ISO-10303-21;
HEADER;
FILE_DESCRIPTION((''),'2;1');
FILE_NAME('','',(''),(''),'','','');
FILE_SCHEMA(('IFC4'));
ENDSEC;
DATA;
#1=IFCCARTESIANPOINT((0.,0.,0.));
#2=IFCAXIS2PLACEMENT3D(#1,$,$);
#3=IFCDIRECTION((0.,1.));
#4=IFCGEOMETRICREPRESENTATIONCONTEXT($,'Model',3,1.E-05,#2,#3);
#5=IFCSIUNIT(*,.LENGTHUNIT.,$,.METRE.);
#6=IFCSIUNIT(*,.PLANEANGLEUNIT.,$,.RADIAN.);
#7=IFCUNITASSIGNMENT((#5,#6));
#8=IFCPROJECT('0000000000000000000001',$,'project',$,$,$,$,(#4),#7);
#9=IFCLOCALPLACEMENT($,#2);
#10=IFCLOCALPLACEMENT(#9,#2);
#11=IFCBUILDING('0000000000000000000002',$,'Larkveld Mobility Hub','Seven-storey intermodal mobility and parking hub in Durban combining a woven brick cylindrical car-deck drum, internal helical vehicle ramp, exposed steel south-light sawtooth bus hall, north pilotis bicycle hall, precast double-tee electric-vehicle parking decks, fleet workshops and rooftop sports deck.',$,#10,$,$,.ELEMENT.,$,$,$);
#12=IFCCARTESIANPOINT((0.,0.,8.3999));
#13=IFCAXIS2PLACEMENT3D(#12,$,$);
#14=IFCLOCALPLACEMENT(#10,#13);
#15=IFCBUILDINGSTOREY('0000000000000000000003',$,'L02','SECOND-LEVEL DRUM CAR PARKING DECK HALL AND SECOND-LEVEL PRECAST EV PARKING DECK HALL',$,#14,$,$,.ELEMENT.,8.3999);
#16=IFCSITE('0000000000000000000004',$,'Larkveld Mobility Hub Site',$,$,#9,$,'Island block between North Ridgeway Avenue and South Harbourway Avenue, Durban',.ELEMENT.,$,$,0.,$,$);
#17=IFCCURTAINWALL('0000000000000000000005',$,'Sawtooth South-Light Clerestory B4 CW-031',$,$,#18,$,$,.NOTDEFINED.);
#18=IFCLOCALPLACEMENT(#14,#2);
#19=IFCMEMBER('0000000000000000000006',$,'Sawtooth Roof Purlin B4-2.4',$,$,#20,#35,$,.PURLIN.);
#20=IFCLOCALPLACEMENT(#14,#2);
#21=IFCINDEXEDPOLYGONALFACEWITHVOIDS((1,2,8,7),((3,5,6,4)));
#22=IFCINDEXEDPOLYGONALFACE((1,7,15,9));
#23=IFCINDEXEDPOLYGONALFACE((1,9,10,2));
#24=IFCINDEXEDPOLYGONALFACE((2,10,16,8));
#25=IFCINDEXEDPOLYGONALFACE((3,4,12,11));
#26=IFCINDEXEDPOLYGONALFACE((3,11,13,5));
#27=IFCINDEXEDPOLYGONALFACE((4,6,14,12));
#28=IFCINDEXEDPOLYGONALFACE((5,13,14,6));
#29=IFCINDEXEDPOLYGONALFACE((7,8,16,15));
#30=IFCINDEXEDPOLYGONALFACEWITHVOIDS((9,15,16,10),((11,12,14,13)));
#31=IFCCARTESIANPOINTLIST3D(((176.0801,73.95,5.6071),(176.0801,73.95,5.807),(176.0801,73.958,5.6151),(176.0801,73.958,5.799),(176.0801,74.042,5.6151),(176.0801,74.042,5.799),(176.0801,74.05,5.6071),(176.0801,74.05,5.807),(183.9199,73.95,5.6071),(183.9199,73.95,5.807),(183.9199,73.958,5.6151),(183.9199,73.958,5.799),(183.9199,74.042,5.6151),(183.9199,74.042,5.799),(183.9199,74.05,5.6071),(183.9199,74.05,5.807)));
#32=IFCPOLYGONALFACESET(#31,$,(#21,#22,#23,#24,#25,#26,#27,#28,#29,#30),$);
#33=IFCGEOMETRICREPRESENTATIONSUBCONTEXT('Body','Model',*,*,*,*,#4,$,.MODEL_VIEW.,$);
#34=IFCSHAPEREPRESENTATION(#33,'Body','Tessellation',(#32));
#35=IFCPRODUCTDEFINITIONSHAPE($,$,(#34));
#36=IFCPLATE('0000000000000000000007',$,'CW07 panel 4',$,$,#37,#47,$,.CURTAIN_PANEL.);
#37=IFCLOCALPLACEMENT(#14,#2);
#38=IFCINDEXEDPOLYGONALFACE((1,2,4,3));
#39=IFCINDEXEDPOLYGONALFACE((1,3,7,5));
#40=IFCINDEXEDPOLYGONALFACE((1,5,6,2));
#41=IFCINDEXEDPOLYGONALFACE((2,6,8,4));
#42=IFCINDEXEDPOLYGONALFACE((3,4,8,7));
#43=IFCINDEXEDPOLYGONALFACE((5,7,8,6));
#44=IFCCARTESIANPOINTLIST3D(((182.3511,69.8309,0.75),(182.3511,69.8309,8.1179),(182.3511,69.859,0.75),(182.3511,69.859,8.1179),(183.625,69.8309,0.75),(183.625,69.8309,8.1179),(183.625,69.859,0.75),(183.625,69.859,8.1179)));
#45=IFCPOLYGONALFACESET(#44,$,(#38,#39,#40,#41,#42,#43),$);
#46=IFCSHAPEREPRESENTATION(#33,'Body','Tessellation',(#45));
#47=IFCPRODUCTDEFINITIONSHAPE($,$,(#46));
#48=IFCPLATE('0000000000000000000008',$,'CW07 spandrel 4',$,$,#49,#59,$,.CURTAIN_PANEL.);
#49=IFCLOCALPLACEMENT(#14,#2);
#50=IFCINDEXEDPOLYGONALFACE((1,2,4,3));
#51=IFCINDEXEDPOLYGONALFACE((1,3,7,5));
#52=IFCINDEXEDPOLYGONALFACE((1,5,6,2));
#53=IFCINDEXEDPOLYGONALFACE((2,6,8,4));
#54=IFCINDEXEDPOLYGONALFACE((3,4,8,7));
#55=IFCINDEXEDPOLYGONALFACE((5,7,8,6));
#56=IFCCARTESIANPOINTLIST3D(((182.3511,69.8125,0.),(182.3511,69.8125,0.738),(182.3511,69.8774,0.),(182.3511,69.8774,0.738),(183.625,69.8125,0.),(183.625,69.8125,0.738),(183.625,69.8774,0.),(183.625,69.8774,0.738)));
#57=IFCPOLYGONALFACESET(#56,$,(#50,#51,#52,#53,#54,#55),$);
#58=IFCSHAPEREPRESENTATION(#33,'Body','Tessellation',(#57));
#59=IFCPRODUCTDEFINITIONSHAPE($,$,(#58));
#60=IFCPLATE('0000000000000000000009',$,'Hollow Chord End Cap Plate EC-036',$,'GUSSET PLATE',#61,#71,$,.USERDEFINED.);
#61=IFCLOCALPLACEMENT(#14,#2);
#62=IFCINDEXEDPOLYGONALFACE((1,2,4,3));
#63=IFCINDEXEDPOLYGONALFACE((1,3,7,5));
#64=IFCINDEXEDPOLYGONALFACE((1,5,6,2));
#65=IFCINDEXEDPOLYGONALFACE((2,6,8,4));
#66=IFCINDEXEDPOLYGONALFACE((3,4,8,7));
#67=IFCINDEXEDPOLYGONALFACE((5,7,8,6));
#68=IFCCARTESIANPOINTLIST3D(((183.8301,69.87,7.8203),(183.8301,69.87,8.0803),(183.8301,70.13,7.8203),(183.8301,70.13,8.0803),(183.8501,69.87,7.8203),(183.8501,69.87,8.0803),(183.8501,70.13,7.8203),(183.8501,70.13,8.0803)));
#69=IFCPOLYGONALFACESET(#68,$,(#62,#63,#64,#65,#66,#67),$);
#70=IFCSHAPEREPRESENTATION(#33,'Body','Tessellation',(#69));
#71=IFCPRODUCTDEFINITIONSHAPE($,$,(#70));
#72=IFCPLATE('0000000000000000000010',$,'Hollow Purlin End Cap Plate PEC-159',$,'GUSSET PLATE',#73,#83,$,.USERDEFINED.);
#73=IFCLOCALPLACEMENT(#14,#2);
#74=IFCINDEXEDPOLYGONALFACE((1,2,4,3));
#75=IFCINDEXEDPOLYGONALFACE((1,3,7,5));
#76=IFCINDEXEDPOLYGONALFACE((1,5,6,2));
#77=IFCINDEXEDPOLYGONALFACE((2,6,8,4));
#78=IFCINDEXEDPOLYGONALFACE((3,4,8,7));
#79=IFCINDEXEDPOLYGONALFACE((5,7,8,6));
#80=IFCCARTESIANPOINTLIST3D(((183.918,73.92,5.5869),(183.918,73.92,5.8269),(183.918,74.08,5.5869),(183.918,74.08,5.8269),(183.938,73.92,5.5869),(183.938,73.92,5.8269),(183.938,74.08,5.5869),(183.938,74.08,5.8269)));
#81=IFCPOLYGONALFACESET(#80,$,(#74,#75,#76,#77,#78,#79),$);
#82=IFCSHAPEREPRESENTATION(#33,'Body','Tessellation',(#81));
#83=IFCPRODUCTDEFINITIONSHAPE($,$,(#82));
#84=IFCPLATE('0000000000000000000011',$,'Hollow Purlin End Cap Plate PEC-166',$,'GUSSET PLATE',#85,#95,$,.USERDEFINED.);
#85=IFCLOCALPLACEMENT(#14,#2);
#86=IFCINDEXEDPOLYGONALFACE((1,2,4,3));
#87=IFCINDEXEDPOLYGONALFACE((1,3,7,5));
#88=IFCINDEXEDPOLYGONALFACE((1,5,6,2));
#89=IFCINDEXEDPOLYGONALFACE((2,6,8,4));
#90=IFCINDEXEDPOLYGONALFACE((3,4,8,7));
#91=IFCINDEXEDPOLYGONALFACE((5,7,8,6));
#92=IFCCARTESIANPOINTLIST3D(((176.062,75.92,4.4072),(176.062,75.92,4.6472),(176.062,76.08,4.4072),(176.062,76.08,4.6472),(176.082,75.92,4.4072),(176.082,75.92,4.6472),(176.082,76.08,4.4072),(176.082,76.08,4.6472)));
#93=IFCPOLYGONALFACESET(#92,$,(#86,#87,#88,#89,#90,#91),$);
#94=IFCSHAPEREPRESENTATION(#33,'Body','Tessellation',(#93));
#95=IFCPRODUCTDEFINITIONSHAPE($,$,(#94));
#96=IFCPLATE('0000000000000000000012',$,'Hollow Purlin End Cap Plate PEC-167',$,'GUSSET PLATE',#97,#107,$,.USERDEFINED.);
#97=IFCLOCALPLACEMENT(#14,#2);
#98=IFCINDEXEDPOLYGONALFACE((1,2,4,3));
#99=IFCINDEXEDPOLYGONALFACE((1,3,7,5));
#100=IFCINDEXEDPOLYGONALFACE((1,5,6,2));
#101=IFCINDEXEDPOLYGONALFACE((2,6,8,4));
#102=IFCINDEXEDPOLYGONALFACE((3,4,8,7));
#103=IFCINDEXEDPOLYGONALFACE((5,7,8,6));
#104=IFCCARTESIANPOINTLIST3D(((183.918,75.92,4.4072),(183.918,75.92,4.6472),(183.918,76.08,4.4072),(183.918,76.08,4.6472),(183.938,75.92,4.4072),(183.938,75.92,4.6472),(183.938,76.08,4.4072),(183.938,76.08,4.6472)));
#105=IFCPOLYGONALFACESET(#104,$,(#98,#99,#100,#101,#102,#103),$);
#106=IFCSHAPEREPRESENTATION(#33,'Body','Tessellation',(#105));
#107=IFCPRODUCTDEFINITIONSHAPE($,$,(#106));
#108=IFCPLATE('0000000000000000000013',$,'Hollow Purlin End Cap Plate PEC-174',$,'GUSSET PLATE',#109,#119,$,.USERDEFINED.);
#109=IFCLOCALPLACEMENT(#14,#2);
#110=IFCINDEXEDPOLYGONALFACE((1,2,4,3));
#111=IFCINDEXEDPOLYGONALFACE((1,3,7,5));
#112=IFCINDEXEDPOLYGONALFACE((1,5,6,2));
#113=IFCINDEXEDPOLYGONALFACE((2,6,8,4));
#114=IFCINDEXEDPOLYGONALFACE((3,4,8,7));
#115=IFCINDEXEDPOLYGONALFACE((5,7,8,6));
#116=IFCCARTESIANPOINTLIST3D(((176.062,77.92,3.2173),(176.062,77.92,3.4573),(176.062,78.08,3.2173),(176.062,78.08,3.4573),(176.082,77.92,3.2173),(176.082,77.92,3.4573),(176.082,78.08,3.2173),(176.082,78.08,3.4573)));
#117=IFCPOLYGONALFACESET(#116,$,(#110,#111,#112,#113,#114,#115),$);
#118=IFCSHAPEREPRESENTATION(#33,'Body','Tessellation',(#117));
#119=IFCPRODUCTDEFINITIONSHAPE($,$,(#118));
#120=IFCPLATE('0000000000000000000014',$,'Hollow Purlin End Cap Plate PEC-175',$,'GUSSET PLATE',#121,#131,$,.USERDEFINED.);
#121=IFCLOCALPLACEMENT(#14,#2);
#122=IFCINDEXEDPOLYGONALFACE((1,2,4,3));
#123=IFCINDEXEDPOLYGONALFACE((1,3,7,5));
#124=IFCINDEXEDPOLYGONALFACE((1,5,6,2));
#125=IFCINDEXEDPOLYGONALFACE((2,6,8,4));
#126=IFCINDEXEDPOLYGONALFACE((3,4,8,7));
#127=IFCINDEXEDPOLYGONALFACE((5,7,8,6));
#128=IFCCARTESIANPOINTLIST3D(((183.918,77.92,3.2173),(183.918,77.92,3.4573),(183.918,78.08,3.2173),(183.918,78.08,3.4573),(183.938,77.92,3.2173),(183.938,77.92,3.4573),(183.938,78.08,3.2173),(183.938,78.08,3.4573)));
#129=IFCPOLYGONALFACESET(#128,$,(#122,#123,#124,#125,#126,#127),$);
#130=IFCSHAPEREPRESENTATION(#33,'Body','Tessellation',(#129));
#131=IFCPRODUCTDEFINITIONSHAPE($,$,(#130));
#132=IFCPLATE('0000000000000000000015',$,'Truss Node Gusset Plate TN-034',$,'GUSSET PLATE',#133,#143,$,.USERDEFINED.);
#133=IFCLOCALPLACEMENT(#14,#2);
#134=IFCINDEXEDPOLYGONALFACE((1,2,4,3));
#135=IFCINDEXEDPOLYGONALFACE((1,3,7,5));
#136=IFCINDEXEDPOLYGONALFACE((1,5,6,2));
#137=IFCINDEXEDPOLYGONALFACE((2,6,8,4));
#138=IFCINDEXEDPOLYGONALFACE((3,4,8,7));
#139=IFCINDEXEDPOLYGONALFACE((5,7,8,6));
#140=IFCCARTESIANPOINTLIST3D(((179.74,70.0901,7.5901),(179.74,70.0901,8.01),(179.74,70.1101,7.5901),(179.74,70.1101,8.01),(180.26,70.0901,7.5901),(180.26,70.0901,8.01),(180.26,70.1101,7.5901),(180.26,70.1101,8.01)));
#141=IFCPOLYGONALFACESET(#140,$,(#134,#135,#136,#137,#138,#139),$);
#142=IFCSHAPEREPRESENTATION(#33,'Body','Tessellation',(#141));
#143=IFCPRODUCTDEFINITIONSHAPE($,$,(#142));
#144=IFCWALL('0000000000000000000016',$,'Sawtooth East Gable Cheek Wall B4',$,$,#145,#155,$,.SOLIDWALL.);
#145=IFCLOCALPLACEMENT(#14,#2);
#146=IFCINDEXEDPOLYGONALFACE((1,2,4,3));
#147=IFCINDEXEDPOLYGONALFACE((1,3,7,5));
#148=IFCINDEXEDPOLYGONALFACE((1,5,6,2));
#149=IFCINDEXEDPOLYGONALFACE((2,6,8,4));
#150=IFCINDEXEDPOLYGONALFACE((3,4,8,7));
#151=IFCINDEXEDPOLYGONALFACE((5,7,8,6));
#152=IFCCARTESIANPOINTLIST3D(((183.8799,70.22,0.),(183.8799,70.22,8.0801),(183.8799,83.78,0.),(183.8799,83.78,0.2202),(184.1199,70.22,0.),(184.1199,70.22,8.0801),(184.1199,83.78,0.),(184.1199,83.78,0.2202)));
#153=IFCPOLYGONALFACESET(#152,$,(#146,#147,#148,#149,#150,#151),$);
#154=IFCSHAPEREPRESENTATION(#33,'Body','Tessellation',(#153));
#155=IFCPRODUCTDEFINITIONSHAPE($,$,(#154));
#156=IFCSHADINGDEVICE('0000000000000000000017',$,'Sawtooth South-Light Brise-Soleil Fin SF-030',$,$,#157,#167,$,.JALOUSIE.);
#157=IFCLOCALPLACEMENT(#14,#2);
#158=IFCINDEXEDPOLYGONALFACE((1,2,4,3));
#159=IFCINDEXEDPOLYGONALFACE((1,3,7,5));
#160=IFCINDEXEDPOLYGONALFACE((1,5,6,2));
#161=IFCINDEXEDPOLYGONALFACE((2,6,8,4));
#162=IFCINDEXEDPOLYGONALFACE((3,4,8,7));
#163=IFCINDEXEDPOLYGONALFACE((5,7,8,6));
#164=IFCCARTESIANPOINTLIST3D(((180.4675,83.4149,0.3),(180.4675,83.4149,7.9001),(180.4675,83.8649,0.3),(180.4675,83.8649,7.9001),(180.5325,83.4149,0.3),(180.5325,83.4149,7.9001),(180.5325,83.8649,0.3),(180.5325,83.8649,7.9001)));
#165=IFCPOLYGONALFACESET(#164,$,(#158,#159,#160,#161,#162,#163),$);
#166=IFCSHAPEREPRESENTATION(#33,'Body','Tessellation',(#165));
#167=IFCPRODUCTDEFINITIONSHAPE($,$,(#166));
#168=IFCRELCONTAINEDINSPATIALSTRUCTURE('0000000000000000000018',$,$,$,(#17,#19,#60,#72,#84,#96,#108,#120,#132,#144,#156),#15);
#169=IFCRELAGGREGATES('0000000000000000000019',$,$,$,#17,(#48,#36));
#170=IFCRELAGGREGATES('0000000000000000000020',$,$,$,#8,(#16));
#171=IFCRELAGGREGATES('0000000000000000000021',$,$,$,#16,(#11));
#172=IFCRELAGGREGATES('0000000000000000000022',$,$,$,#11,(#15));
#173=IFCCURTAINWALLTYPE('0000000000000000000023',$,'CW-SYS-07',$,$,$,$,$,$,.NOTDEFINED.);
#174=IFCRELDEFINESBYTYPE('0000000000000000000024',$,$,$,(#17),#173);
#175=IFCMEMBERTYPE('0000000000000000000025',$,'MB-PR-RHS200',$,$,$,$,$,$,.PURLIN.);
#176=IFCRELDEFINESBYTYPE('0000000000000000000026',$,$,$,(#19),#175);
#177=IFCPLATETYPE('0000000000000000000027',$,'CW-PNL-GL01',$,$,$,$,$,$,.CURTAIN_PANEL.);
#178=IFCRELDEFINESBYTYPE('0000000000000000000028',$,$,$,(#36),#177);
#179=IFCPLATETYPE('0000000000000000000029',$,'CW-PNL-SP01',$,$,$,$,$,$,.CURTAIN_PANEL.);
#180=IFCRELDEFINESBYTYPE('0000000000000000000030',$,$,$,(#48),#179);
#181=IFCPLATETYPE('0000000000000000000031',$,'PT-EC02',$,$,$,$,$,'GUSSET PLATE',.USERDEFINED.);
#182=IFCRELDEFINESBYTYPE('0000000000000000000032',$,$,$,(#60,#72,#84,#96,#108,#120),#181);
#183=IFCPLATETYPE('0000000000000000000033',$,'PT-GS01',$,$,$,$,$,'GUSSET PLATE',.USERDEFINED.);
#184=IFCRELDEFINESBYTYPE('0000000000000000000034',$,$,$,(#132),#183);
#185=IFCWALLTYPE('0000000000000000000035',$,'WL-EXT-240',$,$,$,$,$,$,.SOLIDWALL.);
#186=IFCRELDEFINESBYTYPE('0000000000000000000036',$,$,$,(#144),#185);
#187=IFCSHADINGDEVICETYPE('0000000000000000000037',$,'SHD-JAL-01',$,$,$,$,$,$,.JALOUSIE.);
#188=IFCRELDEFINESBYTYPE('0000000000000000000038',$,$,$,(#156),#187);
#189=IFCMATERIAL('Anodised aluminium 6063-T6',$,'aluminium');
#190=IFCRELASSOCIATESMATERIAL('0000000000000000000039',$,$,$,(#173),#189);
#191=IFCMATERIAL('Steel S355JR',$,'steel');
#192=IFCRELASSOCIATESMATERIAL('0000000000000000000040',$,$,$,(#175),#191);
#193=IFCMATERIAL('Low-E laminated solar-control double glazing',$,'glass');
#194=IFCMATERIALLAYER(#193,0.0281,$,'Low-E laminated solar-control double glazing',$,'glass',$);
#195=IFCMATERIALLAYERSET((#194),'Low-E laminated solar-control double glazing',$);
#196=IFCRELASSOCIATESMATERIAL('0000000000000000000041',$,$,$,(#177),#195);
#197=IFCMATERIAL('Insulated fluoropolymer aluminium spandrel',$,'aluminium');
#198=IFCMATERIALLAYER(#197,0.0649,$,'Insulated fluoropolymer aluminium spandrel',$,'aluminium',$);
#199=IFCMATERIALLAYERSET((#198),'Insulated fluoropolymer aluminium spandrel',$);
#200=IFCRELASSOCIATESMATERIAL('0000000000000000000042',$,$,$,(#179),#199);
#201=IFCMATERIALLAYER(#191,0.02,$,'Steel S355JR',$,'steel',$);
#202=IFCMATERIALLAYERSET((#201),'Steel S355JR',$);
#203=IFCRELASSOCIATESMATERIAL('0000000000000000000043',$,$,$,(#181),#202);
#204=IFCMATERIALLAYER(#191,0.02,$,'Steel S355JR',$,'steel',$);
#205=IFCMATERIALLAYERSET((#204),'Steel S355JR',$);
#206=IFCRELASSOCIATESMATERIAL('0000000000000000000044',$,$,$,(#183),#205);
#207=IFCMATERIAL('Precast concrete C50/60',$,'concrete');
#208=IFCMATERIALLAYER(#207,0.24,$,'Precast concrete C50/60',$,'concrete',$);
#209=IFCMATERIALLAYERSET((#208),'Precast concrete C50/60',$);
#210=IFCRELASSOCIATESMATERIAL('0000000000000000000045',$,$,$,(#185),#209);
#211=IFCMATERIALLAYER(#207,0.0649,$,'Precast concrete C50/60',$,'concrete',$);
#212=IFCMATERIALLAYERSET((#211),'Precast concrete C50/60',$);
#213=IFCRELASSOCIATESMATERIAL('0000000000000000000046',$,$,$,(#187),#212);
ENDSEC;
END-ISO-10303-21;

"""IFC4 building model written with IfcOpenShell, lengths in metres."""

from ifc_helpers import new_model, si_unit, direction, frame, origin, origin_2d, place, context, subcontext, project, spatial, polyline, rectangle, hollow_rectangle, outline, extrude, material, layer, layer_set, material_profile, profile_set, type_object, element, aggregate, save


model = new_model("IFC4")

# Units and contexts
model_context = context("Model", 3, precision=1e-05, world=origin(), true_north=direction((0.0, 1.0)))
body_context = subcontext(model_context, "Body", "Model", "MODEL_VIEW")
ifc_project = project(units=[si_unit("LENGTHUNIT", "METRE"), si_unit("PLANEANGLEUNIT", "RADIAN")], contexts=[model_context])

# Site, building, storey
site_placement = place(None, origin())
site = spatial("IfcSite", under=ifc_project, at=site_placement, Name="Larkveld Mobility Hub Site", LongName="Island block between North Ridgeway Avenue and South Harbourway Avenue, Durban", CompositionType="ELEMENT", RefElevation=0.0)
building_placement = place(site_placement, origin())
building = spatial("IfcBuilding", under=site, at=building_placement, Name="Larkveld Mobility Hub", Description="Seven-storey intermodal mobility and parking hub in Durban combining a woven brick cylindrical car-deck drum, internal helical vehicle ramp, exposed steel south-light sawtooth bus hall, north pilotis bicycle hall, precast double-tee electric-vehicle parking decks, fleet workshops and rooftop sports deck.", CompositionType="ELEMENT")
storey_placement = place(building_placement, frame((0.0, 0.0, 8.3999)))
storey = spatial("IfcBuildingStorey", under=building, at=storey_placement, Name="L02", Description="SECOND-LEVEL DRUM CAR PARKING DECK HALL AND SECOND-LEVEL PRECAST EV PARKING DECK HALL", CompositionType="ELEMENT", Elevation=8.3999)

# Shared definitions
ifc_material_1 = material(Name="Steel S355JR", Category="steel")

# Curtain wall
ifc_material_2 = material(Name="Anodised aluminium 6063-T6", Category="aluminium")
curtain_wall_type = type_object("IfcCurtainWallType", Name="CW-SYS-07", PredefinedType="NOTDEFINED", material=ifc_material_2)
curtain_wall_placement = place(storey_placement, origin())
curtain_wall = element("IfcCurtainWall", 1, at=curtain_wall_placement, inside=storey, type_object=curtain_wall_type, Name="Sawtooth South-Light Clerestory B4 CW-031", PredefinedType="NOTDEFINED")

# Member
ifc_material_profile_1 = material_profile(ifc_material_1, hollow_rectangle(XDim=0.1001, YDim=0.2, WallThickness=0.0081, at=origin_2d()), Name="RHS 200x100x8")
ifc_profile_set_1 = profile_set([ifc_material_profile_1], Name="Steel S355JR")
member_type_1 = type_object("IfcMemberType", Name="MB-PR-RHS200", PredefinedType="PURLIN", material=ifc_profile_set_1)
member_1_placement = place(storey_placement, frame((176.0801, 74.0, 5.707), z_axis=(1.0, 0.0, 0.0), x_axis=(0.0, 1.0, 0.0)))
element("IfcMember", 2, at=member_1_placement, inside=storey, type_object=member_type_1, Name="Sawtooth Roof Purlin B4-2.4", PredefinedType="PURLIN", context=body_context, shape_type="SweptSolid", body=[
    extrude(hollow_rectangle(XDim=0.1001, YDim=0.2, WallThickness=0.0081, at=origin_2d()), origin(), (0.0, 0.0, 1.0), 7.8398),
])

# Plates
ifc_material_3 = material(Name="Low-E laminated solar-control double glazing", Category="glass")
ifc_layer_1 = layer(ifc_material_3, 0.0281, Name="Low-E laminated solar-control double glazing", Category="glass")
ifc_layer_set_1 = layer_set([ifc_layer_1], Name="Low-E laminated solar-control double glazing")
plate_type_1 = type_object("IfcPlateType", Name="CW-PNL-GL01", PredefinedType="CURTAIN_PANEL", material=ifc_layer_set_1)
plate_1_placement = place(storey_placement, frame((182.988, 69.845, 0.75), z_axis=(0.0, 0.0, 1.0), x_axis=(1.0, 0.0, 0.0)))
plate_1 = element("IfcPlate", 3, at=plate_1_placement, type_object=plate_type_1, Name="CW07 panel 4", PredefinedType="CURTAIN_PANEL", context=body_context, shape_type="SweptSolid", body=[
    extrude(rectangle(XDim=1.2739, YDim=0.0281, at=origin_2d()), origin(), (0.0, 0.0, 1.0), 7.3679),
])
ifc_material_4 = material(Name="Insulated fluoropolymer aluminium spandrel", Category="aluminium")
ifc_layer_2 = layer(ifc_material_4, 0.0649, Name="Insulated fluoropolymer aluminium spandrel", Category="aluminium")
ifc_layer_set_2 = layer_set([ifc_layer_2], Name="Insulated fluoropolymer aluminium spandrel")
plate_type_2 = type_object("IfcPlateType", Name="CW-PNL-SP01", PredefinedType="CURTAIN_PANEL", material=ifc_layer_set_2)
plate_2_placement = place(storey_placement, frame((182.988, 69.845, 0.0), z_axis=(0.0, 0.0, 1.0), x_axis=(1.0, 0.0, 0.0)))
plate_2 = element("IfcPlate", 4, at=plate_2_placement, type_object=plate_type_2, Name="CW07 spandrel 4", PredefinedType="CURTAIN_PANEL", context=body_context, shape_type="SweptSolid", body=[
    extrude(rectangle(XDim=1.2739, YDim=0.0649, at=origin_2d()), origin(), (0.0, 0.0, 1.0), 0.738),
])
aggregate(curtain_wall, [plate_2, plate_1])

# Plates
ifc_layer_3 = layer(ifc_material_1, 0.02, Name="Steel S355JR", Category="steel")
ifc_layer_set_3 = layer_set([ifc_layer_3], Name="Steel S355JR")
plate_type_3 = type_object("IfcPlateType", Name="PT-EC02", ElementType="GUSSET PLATE", PredefinedType="USERDEFINED", material=ifc_layer_set_3)
plate_3_placement = place(storey_placement, frame((183.8401, 70.0, 7.8203), z_axis=(0.0, 0.0, 1.0), x_axis=(1.0, 0.0, 0.0)))
element("IfcPlate", 5, at=plate_3_placement, inside=storey, type_object=plate_type_3, Name="Hollow Chord End Cap Plate EC-036", ObjectType="GUSSET PLATE", PredefinedType="USERDEFINED", context=body_context, shape_type="SweptSolid", body=[
    extrude(rectangle(XDim=0.02, YDim=0.26, at=origin_2d()), origin(), (0.0, 0.0, 1.0), 0.26),
])
for number, where, z_axis, x_axis, name in (
    (6, (183.928, 74.0, 5.5869), (0.0, 0.0, 1.0), (1.0, 0.0, 0.0), "Hollow Purlin End Cap Plate PEC-159"),
    (7, (176.072, 76.0, 4.4072), (0.0, 0.0, 1.0), (1.0, 0.0, 0.0), "Hollow Purlin End Cap Plate PEC-166"),
    (8, (183.928, 76.0, 4.4072), (0.0, 0.0, 1.0), (1.0, 0.0, 0.0), "Hollow Purlin End Cap Plate PEC-167"),
    (9, (176.072, 78.0, 3.2173), (0.0, 0.0, 1.0), (1.0, 0.0, 0.0), "Hollow Purlin End Cap Plate PEC-174"),
    (10, (183.928, 78.0, 3.2173), (0.0, 0.0, 1.0), (1.0, 0.0, 0.0), "Hollow Purlin End Cap Plate PEC-175"),
):
    element("IfcPlate", number, at=place(storey_placement, frame(where, z_axis=z_axis, x_axis=x_axis)), inside=storey, type_object=plate_type_3, Name=name, ObjectType="GUSSET PLATE", PredefinedType="USERDEFINED", context=body_context, shape_type="SweptSolid", body=[
        extrude(rectangle(XDim=0.02, YDim=0.1599, at=origin_2d()), origin(), (0.0, 0.0, 1.0), 0.24),
    ])
ifc_layer_4 = layer(ifc_material_1, 0.02, Name="Steel S355JR", Category="steel")
ifc_layer_set_4 = layer_set([ifc_layer_4], Name="Steel S355JR")
plate_type_4 = type_object("IfcPlateType", Name="PT-GS01", ElementType="GUSSET PLATE", PredefinedType="USERDEFINED", material=ifc_layer_set_4)
plate_4_placement = place(storey_placement, frame((180.0, 70.1001, 7.5901), z_axis=(0.0, 0.0, 1.0), x_axis=(1.0, 0.0, 0.0)))
element("IfcPlate", 11, at=plate_4_placement, inside=storey, type_object=plate_type_4, Name="Truss Node Gusset Plate TN-034", ObjectType="GUSSET PLATE", PredefinedType="USERDEFINED", context=body_context, shape_type="SweptSolid", body=[
    extrude(rectangle(XDim=0.52, YDim=0.02, at=origin_2d()), origin(), (0.0, 0.0, 1.0), 0.4199),
])

# Wall
ifc_material_5 = material(Name="Precast concrete C50/60", Category="concrete")
ifc_layer_5 = layer(ifc_material_5, 0.24, Name="Precast concrete C50/60", Category="concrete")
ifc_layer_set_5 = layer_set([ifc_layer_5], Name="Precast concrete C50/60")
wall_type = type_object("IfcWallType", Name="WL-EXT-240", PredefinedType="SOLIDWALL", material=ifc_layer_set_5)
wall_placement = place(storey_placement, frame((184.0, 70.22, 0.0), z_axis=(0.0, 0.0, 1.0), x_axis=(0.0, 1.0, 0.0)))
element("IfcWall", 12, at=wall_placement, inside=storey, type_object=wall_type, Name="Sawtooth East Gable Cheek Wall B4", PredefinedType="SOLIDWALL", context=body_context, shape_type="SweptSolid", body=[
    extrude(outline(polyline([(0.0, 0.0), (13.5601, 0.0), (13.5601, 0.2202), (0.0, 8.0801), (0.0, 0.0)])), frame((0.0, 0.1201, 0.0), z_axis=(0.0, -1.0, 0.0), x_axis=(1.0, 0.0, 0.0)), (0.0, 0.0, 1.0), 0.24),
])

# Shading device
ifc_layer_6 = layer(ifc_material_5, 0.0649, Name="Precast concrete C50/60", Category="concrete")
ifc_layer_set_6 = layer_set([ifc_layer_6], Name="Precast concrete C50/60")
shading_device_type = type_object("IfcShadingDeviceType", Name="SHD-JAL-01", PredefinedType="JALOUSIE", material=ifc_layer_set_6)
shading_device_placement = place(storey_placement, frame((180.5, 83.6399, 0.3), z_axis=(0.0, 0.0, 1.0), x_axis=(1.0, 0.0, 0.0)))
element("IfcShadingDevice", 13, at=shading_device_placement, inside=storey, type_object=shading_device_type, Name="Sawtooth South-Light Brise-Soleil Fin SF-030", PredefinedType="JALOUSIE", context=body_context, shape_type="SweptSolid", body=[
    extrude(rectangle(XDim=0.0649, YDim=0.45, at=origin_2d()), origin(), (0.0, 0.0, 1.0), 7.6001),
])

save(model, "model.ifc")
